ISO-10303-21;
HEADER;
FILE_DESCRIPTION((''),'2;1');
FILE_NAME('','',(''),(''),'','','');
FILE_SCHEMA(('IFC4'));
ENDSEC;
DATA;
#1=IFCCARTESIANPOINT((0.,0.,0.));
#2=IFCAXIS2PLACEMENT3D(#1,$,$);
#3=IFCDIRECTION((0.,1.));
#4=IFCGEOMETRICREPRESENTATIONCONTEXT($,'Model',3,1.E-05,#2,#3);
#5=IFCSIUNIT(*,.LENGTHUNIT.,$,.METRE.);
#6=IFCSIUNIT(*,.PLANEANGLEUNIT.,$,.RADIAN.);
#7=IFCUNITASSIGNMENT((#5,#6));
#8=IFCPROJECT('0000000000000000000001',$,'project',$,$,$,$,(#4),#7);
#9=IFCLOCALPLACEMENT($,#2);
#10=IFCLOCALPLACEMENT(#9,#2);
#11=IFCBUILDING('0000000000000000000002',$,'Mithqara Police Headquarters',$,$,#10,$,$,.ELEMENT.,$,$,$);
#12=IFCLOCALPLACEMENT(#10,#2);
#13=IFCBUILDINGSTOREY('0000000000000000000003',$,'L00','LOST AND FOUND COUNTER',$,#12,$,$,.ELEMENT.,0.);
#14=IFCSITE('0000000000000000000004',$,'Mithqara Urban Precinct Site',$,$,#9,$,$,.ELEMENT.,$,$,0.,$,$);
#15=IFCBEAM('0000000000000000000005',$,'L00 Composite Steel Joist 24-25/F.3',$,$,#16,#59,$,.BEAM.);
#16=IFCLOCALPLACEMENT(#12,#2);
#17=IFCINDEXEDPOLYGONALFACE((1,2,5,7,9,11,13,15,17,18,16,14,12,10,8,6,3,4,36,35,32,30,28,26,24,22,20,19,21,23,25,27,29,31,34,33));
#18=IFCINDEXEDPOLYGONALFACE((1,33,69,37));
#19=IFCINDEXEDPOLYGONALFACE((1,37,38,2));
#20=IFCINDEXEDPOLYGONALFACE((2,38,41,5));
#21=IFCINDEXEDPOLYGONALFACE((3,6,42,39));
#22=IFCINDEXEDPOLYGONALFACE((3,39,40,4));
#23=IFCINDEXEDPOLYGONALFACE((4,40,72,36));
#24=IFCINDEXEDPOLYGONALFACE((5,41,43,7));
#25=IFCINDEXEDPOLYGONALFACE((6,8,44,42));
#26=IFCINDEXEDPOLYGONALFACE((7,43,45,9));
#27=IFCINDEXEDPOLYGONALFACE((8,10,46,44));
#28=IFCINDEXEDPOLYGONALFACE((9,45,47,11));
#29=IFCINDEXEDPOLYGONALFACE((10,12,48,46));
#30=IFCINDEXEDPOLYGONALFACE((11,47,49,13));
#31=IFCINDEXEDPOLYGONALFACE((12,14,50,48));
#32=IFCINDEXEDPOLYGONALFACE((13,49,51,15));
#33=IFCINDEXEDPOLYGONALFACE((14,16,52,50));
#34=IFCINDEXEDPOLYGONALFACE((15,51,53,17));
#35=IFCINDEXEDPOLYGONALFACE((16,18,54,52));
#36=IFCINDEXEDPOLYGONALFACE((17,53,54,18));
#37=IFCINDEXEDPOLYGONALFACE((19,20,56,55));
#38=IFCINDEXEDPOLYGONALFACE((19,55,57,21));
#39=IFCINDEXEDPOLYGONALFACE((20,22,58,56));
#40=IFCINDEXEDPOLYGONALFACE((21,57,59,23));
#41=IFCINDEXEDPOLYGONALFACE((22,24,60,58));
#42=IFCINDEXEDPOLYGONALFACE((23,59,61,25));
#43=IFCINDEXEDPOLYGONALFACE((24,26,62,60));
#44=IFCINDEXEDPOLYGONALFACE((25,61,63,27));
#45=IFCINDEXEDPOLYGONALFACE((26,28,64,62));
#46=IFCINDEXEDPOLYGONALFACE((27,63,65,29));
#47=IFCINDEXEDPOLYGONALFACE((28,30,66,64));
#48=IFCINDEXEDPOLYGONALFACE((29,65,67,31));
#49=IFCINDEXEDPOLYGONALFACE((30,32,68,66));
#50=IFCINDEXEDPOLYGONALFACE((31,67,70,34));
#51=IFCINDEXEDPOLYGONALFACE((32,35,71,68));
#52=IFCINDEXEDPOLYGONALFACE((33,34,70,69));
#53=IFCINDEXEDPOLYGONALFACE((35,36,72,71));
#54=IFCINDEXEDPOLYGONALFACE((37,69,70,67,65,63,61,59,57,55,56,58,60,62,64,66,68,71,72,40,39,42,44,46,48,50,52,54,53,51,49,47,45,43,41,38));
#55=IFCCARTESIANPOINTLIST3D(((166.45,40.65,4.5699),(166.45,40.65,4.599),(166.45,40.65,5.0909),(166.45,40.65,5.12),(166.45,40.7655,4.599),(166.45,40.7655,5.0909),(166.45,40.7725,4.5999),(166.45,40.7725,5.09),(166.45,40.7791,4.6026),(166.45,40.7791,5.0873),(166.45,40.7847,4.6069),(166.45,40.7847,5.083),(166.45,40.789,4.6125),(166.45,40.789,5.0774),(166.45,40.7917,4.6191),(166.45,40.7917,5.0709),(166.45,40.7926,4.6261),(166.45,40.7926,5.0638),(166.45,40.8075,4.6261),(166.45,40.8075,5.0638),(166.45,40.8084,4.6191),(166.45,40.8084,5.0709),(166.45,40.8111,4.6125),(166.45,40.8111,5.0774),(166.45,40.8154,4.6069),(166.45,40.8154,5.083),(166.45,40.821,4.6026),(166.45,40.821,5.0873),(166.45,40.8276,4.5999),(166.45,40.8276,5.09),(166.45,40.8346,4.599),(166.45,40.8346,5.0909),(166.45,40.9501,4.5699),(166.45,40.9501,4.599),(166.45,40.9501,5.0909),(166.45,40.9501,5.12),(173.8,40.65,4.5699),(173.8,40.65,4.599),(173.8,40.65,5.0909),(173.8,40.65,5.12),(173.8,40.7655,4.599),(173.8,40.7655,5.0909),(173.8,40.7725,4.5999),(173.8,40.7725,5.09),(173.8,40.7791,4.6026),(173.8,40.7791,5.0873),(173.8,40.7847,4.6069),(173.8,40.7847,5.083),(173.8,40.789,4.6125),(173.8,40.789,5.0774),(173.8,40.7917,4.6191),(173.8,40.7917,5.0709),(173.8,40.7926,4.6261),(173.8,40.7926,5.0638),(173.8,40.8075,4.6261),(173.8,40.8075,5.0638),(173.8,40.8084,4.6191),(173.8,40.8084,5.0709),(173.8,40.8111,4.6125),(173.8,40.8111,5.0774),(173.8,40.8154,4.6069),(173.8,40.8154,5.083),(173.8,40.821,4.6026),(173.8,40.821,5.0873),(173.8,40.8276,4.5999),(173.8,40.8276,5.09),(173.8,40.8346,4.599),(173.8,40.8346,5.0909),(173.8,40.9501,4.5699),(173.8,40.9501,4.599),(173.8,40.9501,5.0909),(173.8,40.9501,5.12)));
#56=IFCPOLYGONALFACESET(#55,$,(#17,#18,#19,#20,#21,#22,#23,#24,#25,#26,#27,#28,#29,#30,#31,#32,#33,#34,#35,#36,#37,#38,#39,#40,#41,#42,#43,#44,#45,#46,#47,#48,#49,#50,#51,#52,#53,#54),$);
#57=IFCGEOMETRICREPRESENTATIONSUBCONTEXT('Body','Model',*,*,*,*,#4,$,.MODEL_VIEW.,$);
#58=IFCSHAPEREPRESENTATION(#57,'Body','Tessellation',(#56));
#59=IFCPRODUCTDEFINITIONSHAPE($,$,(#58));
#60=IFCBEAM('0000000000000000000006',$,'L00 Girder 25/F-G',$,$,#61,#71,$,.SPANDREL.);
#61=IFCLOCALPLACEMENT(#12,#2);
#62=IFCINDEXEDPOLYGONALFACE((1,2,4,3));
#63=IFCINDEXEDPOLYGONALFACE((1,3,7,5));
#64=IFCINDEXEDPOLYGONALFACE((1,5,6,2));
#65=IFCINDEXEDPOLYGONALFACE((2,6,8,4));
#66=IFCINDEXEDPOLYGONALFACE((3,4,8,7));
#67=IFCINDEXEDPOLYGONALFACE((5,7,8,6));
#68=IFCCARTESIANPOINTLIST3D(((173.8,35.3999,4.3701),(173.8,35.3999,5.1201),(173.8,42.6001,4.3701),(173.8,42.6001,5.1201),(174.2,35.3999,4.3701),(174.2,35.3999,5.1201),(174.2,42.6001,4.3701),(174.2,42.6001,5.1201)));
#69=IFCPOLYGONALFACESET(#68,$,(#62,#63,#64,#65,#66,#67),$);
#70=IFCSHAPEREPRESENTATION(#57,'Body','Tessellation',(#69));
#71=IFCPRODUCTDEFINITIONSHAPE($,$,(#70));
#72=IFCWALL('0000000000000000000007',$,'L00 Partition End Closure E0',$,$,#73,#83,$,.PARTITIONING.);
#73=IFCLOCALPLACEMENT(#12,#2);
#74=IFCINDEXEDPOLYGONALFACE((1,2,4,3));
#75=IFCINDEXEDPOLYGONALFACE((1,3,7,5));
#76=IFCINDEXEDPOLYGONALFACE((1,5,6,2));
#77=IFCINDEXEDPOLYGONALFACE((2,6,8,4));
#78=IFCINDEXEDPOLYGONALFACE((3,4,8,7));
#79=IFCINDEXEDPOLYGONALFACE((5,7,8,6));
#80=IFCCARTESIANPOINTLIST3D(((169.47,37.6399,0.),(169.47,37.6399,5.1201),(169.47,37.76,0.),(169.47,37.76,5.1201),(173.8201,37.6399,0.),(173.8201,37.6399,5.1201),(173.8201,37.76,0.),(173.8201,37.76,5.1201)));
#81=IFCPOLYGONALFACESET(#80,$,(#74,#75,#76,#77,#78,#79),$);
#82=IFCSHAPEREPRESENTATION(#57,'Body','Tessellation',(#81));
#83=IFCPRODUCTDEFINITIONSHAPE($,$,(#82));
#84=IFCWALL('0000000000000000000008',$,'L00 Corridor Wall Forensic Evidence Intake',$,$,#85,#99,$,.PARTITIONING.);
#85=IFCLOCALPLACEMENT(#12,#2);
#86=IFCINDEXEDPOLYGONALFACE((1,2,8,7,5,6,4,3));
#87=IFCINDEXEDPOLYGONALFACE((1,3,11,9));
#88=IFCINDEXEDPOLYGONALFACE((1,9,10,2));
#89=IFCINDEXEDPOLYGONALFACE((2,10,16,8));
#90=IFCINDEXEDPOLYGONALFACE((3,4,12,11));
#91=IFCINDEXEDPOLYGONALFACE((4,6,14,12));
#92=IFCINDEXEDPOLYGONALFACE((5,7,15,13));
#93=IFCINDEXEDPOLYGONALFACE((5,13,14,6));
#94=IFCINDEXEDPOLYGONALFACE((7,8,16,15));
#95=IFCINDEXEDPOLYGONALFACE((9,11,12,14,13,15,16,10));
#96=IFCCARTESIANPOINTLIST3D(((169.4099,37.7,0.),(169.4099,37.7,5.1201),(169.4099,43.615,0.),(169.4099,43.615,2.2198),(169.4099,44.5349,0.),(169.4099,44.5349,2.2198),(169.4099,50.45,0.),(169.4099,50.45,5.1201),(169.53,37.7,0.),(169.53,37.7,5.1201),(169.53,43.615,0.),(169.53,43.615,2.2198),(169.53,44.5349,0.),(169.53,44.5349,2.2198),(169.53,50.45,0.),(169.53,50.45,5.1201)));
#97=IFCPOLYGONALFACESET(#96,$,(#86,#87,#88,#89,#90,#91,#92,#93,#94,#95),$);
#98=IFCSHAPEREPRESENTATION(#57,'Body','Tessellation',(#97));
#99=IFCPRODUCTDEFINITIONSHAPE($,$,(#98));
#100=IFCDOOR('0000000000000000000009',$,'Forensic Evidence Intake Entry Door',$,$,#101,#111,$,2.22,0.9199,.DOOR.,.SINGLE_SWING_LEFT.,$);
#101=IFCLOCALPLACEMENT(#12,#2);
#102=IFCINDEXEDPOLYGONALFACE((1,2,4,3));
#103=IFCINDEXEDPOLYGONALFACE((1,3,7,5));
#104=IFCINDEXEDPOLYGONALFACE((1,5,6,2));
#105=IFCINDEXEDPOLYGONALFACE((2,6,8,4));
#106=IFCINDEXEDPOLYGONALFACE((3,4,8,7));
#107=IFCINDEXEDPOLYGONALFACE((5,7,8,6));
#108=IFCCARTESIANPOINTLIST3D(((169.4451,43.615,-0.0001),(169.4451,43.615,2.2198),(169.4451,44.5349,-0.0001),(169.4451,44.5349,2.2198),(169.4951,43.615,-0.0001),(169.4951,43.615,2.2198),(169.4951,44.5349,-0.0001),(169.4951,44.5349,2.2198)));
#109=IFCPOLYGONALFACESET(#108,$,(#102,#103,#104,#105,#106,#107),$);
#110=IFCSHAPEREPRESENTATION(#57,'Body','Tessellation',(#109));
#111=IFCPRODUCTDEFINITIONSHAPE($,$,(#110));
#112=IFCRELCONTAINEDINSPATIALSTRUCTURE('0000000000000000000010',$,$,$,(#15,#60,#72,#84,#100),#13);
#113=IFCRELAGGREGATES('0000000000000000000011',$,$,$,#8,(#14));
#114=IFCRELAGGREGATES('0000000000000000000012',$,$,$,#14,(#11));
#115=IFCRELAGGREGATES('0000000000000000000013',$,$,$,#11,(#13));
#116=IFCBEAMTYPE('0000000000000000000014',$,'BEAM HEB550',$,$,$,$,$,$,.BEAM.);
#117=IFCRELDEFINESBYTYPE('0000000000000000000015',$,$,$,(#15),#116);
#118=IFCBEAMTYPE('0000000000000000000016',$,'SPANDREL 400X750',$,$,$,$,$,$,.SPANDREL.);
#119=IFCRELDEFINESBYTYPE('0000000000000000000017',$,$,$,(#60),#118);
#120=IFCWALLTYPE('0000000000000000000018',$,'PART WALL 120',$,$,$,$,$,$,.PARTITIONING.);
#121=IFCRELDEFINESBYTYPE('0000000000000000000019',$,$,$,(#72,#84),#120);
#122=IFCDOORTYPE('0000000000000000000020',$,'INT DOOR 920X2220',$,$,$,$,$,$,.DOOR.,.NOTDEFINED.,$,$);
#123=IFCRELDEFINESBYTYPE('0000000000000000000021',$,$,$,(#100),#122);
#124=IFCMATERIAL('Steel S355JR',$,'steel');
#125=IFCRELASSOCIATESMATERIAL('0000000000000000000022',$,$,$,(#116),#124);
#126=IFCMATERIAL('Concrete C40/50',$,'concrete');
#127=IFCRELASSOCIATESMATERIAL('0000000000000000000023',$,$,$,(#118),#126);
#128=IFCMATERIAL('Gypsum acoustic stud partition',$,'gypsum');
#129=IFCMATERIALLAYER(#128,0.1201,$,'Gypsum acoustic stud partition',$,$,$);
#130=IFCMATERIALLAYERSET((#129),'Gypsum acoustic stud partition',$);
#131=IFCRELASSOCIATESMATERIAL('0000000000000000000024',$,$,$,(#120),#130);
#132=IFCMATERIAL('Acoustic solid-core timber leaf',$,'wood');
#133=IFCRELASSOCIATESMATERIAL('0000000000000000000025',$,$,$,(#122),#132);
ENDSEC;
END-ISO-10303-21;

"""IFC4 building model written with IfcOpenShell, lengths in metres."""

from ifc_helpers import new_model, si_unit, direction, frame, frame_2d, origin, origin_2d, place, context, subcontext, project, spatial, rectangle, i_section, extrude, material, layer, layer_set, material_profile, profile_set, type_object, element, fill, save


model = new_model("IFC4")

# Units and contexts
model_context = context("Model", 3, precision=1e-05, world=origin(), true_north=direction((0.0, 1.0)))
body_context = subcontext(model_context, "Body", "Model", "MODEL_VIEW")
ifc_project = project(units=[si_unit("LENGTHUNIT", "METRE"), si_unit("PLANEANGLEUNIT", "RADIAN")], contexts=[model_context])

# Site, building, storey
site_placement = place(None, origin())
site = spatial("IfcSite", under=ifc_project, at=site_placement, Name="Mithqara Urban Precinct Site", CompositionType="ELEMENT", RefElevation=0.0)
building_placement = place(site_placement, origin())
building = spatial("IfcBuilding", under=site, at=building_placement, Name="Mithqara Police Headquarters", CompositionType="ELEMENT")
storey_placement = place(building_placement, origin())
storey = spatial("IfcBuildingStorey", under=building, at=storey_placement, Name="L00", Description="LOST AND FOUND COUNTER", CompositionType="ELEMENT", Elevation=0.0)

# Shared definitions
ifc_material_1 = material(Name="Concrete C40/50", Category="concrete")

# Beams
ifc_material_2 = material(Name="Steel S355JR", Category="steel")
ifc_material_profile_1 = material_profile(ifc_material_2, i_section(OverallWidth=0.3, OverallDepth=0.55, WebThickness=0.0149, FlangeThickness=0.0291, FilletRadius=0.0271, at=origin_2d()), Name="HEB 550")
ifc_profile_set_1 = profile_set([ifc_material_profile_1], Name="Steel S355JR")
beam_type_1 = type_object("IfcBeamType", Name="BEAM HEB550", PredefinedType="BEAM", material=ifc_profile_set_1)
for number, where, z_axis, x_axis, name in (
    (1, (166.45, 40.8, 4.845), (1.0, 0.0, 0.0), (0.0, 1.0, 0.0), "L00 Composite Steel Joist 24-25/F.3"),
):
    element("IfcBeam", number, at=place(storey_placement, frame(where, z_axis=z_axis, x_axis=x_axis)), inside=storey, type_object=beam_type_1, Name=name, PredefinedType="BEAM", context=body_context, shape_type="SweptSolid", body=[
        extrude(i_section(OverallWidth=0.3, OverallDepth=0.55, WebThickness=0.0149, FlangeThickness=0.0291, FilletRadius=0.0271, at=origin_2d()), origin(), (0.0, 0.0, 1.0), 7.3501),
    ])
ifc_material_profile_2 = material_profile(ifc_material_1, rectangle(XDim=0.3999, YDim=0.75, at=origin_2d()), Name="SPB 400x750")
ifc_profile_set_2 = profile_set([ifc_material_profile_2], Name="Concrete C40/50")
beam_type_2 = type_object("IfcBeamType", Name="SPANDREL 400X750", PredefinedType="SPANDREL", material=ifc_profile_set_2)
beam_placement = place(storey_placement, frame((174.0, 35.3999, 4.7451), z_axis=(0.0, 1.0, 0.0), x_axis=(-1.0, 0.0, 0.0)))
element("IfcBeam", 2, at=beam_placement, inside=storey, type_object=beam_type_2, Name="L00 Girder 25/F-G", PredefinedType="SPANDREL", context=body_context, shape_type="SweptSolid", body=[
    extrude(rectangle(XDim=0.3999, YDim=0.75, at=origin_2d()), origin(), (0.0, 0.0, 1.0), 7.2002),
])

# Wall
ifc_material_3 = material(Name="Gypsum acoustic stud partition", Category="gypsum")
ifc_layer = layer(ifc_material_3, 0.1201, Name="Gypsum acoustic stud partition")
ifc_layer_set = layer_set([ifc_layer], Name="Gypsum acoustic stud partition")
wall_type = type_object("IfcWallType", Name="PART WALL 120", PredefinedType="PARTITIONING", material=ifc_layer_set)
wall_1_placement = place(storey_placement, frame((169.47, 37.7, 0.0), z_axis=(0.0, 0.0, 1.0), x_axis=(1.0, 0.0, 0.0)))
element("IfcWall", 3, at=wall_1_placement, inside=storey, type_object=wall_type, Name="L00 Partition End Closure E0", PredefinedType="PARTITIONING", context=body_context, shape_type="SweptSolid", body=[
    extrude(rectangle(XDim=4.3501, YDim=0.1201, at=frame_2d((2.175, 0.0))), origin(), (0.0, 0.0, 1.0), 5.1201),
])

# Wall, opening, door
wall_2_placement = place(storey_placement, frame((169.47, 37.7, 0.0), z_axis=(0.0, 0.0, 1.0), x_axis=(0.0, 1.0, 0.0)))
wall_2 = element("IfcWall", 4, at=wall_2_placement, inside=storey, type_object=wall_type, Name="L00 Corridor Wall Forensic Evidence Intake", PredefinedType="PARTITIONING", context=body_context, shape_type="SweptSolid", body=[
    extrude(rectangle(XDim=12.75, YDim=0.1201, at=frame_2d((6.375, 0.0))), origin(), (0.0, 0.0, 1.0), 5.1201),
])
opening_placement = place(wall_2_placement, frame((5.915, 0.0, 0.0)))
opening = element("IfcOpeningElement", 5, at=opening_placement, cuts=wall_2, PredefinedType="OPENING", context=body_context, shape_type="SweptSolid", body=[
    extrude(rectangle(XDim=0.9199, YDim=2.22, at=frame_2d((0.46, 1.1099))), frame((0.0, 0.0701, 0.0), z_axis=(0.0, -1.0, 0.0), x_axis=(1.0, 0.0, 0.0)), (0.0, 0.0, 1.0), 0.1401),
])
ifc_material_4 = material(Name="Acoustic solid-core timber leaf", Category="wood")
door_type = type_object("IfcDoorType", Name="INT DOOR 920X2220", OperationType="NOTDEFINED", PredefinedType="DOOR", material=ifc_material_4)
door_placement = place(opening_placement, origin())
door = element("IfcDoor", 6, at=door_placement, inside=storey, type_object=door_type, Name="Forensic Evidence Intake Entry Door", OperationType="SINGLE_SWING_LEFT", OverallHeight=2.22, OverallWidth=0.9199, PredefinedType="DOOR", context=body_context, shape_type="SweptSolid", body=[
    extrude(rectangle(XDim=0.9199, YDim=2.22, at=frame_2d((0.46, 1.1099))), frame((0.0, 0.0249, 0.0), z_axis=(0.0, -1.0, 0.0), x_axis=(1.0, 0.0, 0.0)), (0.0, 0.0, 1.0), 0.05),
])
fill(opening, door)

save(model, "model.ifc")
